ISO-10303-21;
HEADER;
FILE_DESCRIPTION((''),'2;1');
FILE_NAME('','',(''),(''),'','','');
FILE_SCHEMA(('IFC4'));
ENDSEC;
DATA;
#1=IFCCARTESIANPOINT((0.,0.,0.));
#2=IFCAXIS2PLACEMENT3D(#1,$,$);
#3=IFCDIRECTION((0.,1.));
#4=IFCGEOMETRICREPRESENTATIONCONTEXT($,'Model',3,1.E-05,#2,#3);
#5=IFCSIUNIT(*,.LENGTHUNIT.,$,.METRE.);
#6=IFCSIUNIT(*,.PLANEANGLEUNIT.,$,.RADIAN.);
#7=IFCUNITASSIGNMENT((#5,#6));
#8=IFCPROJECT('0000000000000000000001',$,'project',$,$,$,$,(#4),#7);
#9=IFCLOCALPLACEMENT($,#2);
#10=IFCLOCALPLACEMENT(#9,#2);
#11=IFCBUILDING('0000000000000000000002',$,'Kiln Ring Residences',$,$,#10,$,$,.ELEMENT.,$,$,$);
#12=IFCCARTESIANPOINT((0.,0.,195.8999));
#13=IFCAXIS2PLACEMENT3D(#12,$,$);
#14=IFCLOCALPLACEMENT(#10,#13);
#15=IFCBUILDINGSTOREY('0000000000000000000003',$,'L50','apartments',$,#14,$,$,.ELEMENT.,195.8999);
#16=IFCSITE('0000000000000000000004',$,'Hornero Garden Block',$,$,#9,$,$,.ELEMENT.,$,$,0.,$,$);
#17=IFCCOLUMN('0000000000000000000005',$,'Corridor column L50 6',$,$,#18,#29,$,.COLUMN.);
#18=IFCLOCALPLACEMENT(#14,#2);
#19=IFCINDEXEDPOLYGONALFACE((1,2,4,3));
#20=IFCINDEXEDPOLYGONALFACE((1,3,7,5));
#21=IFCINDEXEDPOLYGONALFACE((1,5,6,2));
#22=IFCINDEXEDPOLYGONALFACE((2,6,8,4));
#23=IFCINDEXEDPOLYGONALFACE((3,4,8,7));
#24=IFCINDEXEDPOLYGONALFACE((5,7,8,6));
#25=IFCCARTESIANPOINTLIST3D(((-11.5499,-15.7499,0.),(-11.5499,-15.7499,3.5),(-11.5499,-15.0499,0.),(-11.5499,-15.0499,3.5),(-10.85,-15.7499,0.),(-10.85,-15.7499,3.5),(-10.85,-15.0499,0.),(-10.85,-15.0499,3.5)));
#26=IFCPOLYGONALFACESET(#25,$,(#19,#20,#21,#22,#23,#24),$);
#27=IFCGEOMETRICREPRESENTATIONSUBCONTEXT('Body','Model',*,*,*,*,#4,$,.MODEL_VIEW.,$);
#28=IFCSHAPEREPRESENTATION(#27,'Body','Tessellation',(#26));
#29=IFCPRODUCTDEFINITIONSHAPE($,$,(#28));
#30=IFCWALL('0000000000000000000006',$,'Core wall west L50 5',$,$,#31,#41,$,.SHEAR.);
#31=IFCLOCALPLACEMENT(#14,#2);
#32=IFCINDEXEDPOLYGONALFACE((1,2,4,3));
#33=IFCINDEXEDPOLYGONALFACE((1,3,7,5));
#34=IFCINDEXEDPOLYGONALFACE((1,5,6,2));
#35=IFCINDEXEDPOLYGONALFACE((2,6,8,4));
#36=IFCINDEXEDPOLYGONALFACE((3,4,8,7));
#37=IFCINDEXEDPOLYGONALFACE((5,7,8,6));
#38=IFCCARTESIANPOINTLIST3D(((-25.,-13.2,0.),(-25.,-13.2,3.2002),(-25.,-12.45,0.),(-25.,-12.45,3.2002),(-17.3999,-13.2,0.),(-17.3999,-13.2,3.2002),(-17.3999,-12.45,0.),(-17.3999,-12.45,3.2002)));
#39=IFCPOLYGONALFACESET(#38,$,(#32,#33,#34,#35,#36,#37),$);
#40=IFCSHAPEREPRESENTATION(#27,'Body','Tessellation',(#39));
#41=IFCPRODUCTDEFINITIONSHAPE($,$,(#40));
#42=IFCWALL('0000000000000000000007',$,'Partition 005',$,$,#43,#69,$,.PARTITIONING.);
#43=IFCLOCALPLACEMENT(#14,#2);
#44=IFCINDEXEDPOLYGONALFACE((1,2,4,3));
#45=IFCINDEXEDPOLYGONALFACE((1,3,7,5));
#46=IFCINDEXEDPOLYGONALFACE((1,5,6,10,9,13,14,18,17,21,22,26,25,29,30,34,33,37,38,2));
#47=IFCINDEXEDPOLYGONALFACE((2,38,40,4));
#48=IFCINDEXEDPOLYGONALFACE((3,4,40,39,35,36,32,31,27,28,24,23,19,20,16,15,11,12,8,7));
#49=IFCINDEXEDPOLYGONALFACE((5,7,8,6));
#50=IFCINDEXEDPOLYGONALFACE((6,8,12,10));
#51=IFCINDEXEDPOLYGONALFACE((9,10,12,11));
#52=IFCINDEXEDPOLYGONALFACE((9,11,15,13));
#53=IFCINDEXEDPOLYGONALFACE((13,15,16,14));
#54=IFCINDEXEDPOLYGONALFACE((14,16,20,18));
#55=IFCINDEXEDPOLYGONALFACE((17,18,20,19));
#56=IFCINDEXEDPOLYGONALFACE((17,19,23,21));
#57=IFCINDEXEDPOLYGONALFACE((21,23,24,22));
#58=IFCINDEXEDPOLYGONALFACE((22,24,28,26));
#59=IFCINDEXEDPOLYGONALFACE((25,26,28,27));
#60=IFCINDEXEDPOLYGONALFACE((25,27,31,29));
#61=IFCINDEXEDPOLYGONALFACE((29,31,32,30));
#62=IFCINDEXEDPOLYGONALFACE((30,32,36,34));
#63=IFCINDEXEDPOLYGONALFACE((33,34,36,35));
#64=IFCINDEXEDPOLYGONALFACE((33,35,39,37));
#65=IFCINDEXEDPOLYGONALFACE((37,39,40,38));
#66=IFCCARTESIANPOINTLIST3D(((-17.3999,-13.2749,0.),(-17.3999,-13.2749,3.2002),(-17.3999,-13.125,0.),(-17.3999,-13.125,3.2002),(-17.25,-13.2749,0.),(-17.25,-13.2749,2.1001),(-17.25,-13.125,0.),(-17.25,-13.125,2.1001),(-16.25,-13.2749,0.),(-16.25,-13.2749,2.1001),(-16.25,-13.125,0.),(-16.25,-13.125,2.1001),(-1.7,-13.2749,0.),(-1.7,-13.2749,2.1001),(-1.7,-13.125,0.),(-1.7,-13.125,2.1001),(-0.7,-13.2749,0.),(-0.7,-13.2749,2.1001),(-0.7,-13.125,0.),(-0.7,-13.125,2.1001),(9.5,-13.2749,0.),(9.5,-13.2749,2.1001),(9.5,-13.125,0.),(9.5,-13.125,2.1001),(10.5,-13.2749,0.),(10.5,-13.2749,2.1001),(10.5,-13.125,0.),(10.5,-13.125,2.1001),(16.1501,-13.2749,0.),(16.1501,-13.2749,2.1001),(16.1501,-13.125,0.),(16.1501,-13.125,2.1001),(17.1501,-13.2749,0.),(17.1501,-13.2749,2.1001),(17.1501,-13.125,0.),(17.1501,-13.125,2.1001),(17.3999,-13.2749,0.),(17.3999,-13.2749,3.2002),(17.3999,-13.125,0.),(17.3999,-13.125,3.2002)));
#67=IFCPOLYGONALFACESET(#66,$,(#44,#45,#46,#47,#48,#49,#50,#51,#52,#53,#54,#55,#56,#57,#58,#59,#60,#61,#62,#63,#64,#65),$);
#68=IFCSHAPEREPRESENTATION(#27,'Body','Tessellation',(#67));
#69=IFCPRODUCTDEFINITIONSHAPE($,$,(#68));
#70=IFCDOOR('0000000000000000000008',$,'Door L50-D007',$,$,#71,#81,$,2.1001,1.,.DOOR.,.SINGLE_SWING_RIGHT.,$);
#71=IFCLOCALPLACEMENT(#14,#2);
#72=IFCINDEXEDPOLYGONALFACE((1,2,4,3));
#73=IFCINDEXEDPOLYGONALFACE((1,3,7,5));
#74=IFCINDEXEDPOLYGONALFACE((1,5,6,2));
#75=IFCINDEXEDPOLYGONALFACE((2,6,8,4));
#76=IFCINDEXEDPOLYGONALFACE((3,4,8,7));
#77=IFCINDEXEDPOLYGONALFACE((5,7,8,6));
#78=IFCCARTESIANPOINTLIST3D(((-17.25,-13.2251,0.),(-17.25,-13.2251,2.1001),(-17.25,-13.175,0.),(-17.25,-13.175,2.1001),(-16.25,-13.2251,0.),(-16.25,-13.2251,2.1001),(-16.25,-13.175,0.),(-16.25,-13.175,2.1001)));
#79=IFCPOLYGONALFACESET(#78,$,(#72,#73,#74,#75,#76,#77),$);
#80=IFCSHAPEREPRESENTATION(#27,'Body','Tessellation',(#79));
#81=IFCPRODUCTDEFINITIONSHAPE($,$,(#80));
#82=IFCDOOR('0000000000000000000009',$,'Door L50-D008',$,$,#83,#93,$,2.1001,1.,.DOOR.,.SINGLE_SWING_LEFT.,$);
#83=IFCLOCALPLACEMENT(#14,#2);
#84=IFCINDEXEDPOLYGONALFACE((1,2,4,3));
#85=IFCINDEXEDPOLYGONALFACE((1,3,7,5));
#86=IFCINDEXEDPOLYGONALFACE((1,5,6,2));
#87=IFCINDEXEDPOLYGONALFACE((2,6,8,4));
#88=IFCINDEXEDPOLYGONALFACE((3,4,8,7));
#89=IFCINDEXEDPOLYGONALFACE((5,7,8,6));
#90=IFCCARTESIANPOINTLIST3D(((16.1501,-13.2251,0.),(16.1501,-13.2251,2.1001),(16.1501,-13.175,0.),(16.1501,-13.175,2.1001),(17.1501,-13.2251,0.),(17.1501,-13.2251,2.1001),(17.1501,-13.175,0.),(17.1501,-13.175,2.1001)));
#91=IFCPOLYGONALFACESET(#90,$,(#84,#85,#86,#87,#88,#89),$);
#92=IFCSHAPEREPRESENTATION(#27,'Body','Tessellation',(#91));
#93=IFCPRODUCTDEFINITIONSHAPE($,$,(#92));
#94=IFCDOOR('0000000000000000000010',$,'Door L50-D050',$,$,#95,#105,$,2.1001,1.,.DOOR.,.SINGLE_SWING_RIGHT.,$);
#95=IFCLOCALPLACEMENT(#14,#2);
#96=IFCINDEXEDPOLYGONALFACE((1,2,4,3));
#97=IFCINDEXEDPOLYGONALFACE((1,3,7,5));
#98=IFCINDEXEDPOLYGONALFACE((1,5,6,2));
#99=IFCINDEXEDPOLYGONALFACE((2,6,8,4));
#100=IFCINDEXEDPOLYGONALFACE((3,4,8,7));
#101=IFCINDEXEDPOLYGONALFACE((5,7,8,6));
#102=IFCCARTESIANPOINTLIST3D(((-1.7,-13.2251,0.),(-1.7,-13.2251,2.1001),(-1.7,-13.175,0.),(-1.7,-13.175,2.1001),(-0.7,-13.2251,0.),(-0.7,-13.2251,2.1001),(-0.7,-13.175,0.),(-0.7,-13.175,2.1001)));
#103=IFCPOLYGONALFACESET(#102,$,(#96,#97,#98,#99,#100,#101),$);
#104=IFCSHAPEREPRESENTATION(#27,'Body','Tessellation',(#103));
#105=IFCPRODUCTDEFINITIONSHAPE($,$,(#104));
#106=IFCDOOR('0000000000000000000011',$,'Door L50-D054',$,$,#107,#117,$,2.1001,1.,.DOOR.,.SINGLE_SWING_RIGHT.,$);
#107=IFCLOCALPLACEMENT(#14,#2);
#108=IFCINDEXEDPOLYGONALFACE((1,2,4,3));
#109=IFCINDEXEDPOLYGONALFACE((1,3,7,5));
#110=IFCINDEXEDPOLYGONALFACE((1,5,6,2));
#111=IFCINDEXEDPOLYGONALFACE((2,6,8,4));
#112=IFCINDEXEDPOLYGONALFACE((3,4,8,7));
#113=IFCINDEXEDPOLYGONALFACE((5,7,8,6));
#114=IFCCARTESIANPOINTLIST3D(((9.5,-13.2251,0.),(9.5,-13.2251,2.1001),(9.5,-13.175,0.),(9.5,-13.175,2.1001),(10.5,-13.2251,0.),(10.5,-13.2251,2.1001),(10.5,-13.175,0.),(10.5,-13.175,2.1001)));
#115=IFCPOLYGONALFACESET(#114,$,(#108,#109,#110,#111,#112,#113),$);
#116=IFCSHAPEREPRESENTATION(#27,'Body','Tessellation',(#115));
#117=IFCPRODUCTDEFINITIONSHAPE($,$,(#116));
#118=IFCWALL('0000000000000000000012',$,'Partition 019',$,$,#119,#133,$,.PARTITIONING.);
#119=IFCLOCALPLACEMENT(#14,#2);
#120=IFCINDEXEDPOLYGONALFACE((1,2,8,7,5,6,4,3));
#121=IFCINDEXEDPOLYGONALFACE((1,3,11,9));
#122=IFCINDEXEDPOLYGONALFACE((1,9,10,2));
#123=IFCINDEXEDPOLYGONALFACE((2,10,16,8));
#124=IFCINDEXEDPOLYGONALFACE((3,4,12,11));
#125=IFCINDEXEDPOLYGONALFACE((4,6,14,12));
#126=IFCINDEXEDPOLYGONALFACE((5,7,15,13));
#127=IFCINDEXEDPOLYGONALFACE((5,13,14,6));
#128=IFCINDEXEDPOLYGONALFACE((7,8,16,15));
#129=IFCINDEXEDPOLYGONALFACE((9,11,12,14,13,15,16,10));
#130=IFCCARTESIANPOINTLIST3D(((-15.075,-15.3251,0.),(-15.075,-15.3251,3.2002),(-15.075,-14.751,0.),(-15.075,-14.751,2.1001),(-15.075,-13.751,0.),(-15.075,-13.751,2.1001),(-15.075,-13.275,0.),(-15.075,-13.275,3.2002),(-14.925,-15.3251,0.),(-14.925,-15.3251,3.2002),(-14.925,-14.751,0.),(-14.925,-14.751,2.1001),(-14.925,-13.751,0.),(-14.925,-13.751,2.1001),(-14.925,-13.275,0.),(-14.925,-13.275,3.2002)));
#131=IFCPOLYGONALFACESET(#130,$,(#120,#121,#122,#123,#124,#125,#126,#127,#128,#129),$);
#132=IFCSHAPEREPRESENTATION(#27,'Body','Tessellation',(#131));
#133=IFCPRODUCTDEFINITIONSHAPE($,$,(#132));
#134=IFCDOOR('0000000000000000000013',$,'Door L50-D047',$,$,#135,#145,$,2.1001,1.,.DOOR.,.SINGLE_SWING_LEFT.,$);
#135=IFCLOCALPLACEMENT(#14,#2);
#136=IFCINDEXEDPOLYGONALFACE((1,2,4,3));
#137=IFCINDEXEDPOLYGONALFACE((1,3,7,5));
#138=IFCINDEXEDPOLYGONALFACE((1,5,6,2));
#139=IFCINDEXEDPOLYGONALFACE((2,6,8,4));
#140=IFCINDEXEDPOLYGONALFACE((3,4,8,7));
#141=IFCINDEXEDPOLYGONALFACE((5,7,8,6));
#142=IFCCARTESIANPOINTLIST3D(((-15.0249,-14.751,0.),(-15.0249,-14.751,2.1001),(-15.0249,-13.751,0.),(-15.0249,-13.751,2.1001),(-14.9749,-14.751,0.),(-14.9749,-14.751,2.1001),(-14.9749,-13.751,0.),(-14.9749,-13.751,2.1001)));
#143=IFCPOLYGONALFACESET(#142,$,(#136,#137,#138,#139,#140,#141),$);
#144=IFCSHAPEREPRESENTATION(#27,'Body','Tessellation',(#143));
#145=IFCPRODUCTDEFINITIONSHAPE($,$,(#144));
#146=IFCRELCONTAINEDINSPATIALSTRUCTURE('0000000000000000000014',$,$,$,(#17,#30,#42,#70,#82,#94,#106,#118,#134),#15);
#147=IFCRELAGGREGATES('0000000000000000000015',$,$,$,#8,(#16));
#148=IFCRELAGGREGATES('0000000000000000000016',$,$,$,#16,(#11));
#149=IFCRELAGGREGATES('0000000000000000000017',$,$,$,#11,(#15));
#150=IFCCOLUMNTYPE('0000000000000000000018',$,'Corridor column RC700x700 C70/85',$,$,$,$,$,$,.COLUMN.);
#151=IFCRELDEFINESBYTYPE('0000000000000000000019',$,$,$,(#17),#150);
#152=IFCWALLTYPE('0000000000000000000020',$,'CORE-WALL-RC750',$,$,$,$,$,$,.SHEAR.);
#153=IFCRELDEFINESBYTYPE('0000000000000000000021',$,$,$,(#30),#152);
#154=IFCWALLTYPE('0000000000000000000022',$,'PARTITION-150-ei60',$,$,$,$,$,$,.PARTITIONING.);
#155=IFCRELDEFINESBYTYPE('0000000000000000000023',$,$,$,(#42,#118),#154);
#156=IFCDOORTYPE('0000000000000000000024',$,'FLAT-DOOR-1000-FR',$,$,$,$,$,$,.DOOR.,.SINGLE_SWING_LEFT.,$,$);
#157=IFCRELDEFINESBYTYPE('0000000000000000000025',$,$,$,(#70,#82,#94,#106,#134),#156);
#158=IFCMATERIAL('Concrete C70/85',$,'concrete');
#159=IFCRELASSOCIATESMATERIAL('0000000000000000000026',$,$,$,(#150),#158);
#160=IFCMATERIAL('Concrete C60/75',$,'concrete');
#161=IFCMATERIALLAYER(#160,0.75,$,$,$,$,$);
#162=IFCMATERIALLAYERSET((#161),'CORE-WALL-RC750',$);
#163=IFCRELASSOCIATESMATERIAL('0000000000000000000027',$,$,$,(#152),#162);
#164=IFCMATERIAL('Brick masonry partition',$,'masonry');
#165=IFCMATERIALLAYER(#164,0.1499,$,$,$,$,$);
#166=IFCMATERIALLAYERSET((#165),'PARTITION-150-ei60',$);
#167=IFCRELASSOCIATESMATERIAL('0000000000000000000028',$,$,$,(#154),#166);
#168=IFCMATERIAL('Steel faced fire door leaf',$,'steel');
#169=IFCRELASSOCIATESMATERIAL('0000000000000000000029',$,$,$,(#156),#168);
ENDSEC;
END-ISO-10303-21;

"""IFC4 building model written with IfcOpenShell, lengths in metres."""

from ifc_helpers import new_model, si_unit, direction, frame, frame_2d, origin, origin_2d, place, context, subcontext, project, spatial, rectangle, extrude, material, layer, layer_set, material_profile, profile_set, type_object, element, fill, save


model = new_model("IFC4")

# Units and contexts
model_context = context("Model", 3, precision=1e-05, world=origin(), true_north=direction((0.0, 1.0)))
body_context = subcontext(model_context, "Body", "Model", "MODEL_VIEW")
ifc_project = project(units=[si_unit("LENGTHUNIT", "METRE"), si_unit("PLANEANGLEUNIT", "RADIAN")], contexts=[model_context])

# Site, building, storey
site_placement = place(None, origin())
site = spatial("IfcSite", under=ifc_project, at=site_placement, Name="Hornero Garden Block", CompositionType="ELEMENT", RefElevation=0.0)
building_placement = place(site_placement, origin())
building = spatial("IfcBuilding", under=site, at=building_placement, Name="Kiln Ring Residences", CompositionType="ELEMENT")
storey_placement = place(building_placement, frame((0.0, 0.0, 195.8999)))
storey = spatial("IfcBuildingStorey", under=building, at=storey_placement, Name="L50", Description="apartments", CompositionType="ELEMENT", Elevation=195.8999)

# Column
ifc_material_1 = material(Name="Concrete C70/85", Category="concrete")
ifc_material_profile = material_profile(ifc_material_1, rectangle(XDim=0.7, YDim=0.7, at=origin_2d()), Name="RC700x700")
ifc_profile_set = profile_set([ifc_material_profile], Name="Concrete C70/85")
column_type = type_object("IfcColumnType", Name="Corridor column RC700x700 C70/85", PredefinedType="COLUMN", material=ifc_profile_set)
column_placement = place(storey_placement, frame((-11.2, -15.3999, 0.0), z_axis=(0.0, 0.0, 1.0), x_axis=(1.0, 0.0, 0.0)))
element("IfcColumn", 1, at=column_placement, inside=storey, type_object=column_type, Name="Corridor column L50 6", PredefinedType="COLUMN", context=body_context, shape_type="SweptSolid", body=[
    extrude(rectangle(XDim=0.7, YDim=0.7, at=origin_2d()), origin(), (0.0, 0.0, 1.0), 3.5),
])

# Wall
ifc_material_2 = material(Name="Concrete C60/75", Category="concrete")
ifc_layer_1 = layer(ifc_material_2, 0.75)
ifc_layer_set_1 = layer_set([ifc_layer_1], Name="CORE-WALL-RC750")
wall_type_1 = type_object("IfcWallType", Name="CORE-WALL-RC750", PredefinedType="SHEAR", material=ifc_layer_set_1)
wall_1_placement = place(storey_placement, frame((-17.3999, -12.825, 0.0), z_axis=(0.0, 0.0, 1.0), x_axis=(-1.0, 0.0, 0.0)))
element("IfcWall", 2, at=wall_1_placement, inside=storey, type_object=wall_type_1, Name="Core wall west L50 5", PredefinedType="SHEAR", context=body_context, shape_type="SweptSolid", body=[
    extrude(rectangle(XDim=7.6001, YDim=0.75, at=frame_2d((3.8, 0.0))), origin(), (0.0, 0.0, 1.0), 3.2002),
])

# Wall, openings, doors
ifc_material_3 = material(Name="Brick masonry partition", Category="masonry")
ifc_layer_2 = layer(ifc_material_3, 0.1499)
ifc_layer_set_2 = layer_set([ifc_layer_2], Name="PARTITION-150-ei60")
wall_type_2 = type_object("IfcWallType", Name="PARTITION-150-ei60", PredefinedType="PARTITIONING", material=ifc_layer_set_2)
wall_2_placement = place(storey_placement, frame((-17.3999, -13.2, 0.0), z_axis=(0.0, 0.0, 1.0), x_axis=(1.0, 0.0, 0.0)))
wall_2 = element("IfcWall", 3, at=wall_2_placement, inside=storey, type_object=wall_type_2, Name="Partition 005", PredefinedType="PARTITIONING", context=body_context, shape_type="SweptSolid", body=[
    extrude(rectangle(XDim=34.7998, YDim=0.1499, at=frame_2d((17.3999, 0.0))), origin(), (0.0, 0.0, 1.0), 3.2002),
])
opening_1_placement = place(wall_2_placement, frame((0.1499, 0.0, 0.0)))
opening_1 = element("IfcOpeningElement", 4, at=opening_1_placement, cuts=wall_2, PredefinedType="OPENING", context=body_context, shape_type="SweptSolid", body=[
    extrude(rectangle(XDim=1.0, YDim=2.1001, at=frame_2d((0.5, 1.05))), frame((0.0, 0.085, 0.0), z_axis=(0.0, -1.0, 0.0), x_axis=(1.0, 0.0, 0.0)), (0.0, 0.0, 1.0), 0.1699),
])
opening_2_placement = place(wall_2_placement, frame((33.55, 0.0, 0.0)))
opening_2 = element("IfcOpeningElement", 5, at=opening_2_placement, cuts=wall_2, PredefinedType="OPENING", context=body_context, shape_type="SweptSolid", body=[
    extrude(rectangle(XDim=1.0, YDim=2.1001, at=frame_2d((0.5, 1.05))), frame((0.0, 0.085, 0.0), z_axis=(0.0, -1.0, 0.0), x_axis=(1.0, 0.0, 0.0)), (0.0, 0.0, 1.0), 0.1699),
])
opening_3_placement = place(wall_2_placement, frame((15.7, 0.0, 0.0)))
opening_3 = element("IfcOpeningElement", 6, at=opening_3_placement, cuts=wall_2, PredefinedType="OPENING", context=body_context, shape_type="SweptSolid", body=[
    extrude(rectangle(XDim=1.0, YDim=2.1001, at=frame_2d((0.5, 1.05))), frame((0.0, 0.085, 0.0), z_axis=(0.0, -1.0, 0.0), x_axis=(1.0, 0.0, 0.0)), (0.0, 0.0, 1.0), 0.1699),
])
opening_4_placement = place(wall_2_placement, frame((26.8999, 0.0, 0.0)))
opening_4 = element("IfcOpeningElement", 7, at=opening_4_placement, cuts=wall_2, PredefinedType="OPENING", context=body_context, shape_type="SweptSolid", body=[
    extrude(rectangle(XDim=1.0, YDim=2.1001, at=frame_2d((0.5, 1.05))), frame((0.0, 0.085, 0.0), z_axis=(0.0, -1.0, 0.0), x_axis=(1.0, 0.0, 0.0)), (0.0, 0.0, 1.0), 0.1699),
])
ifc_material_4 = material(Name="Steel faced fire door leaf", Category="steel")
door_type = type_object("IfcDoorType", Name="FLAT-DOOR-1000-FR", OperationType="SINGLE_SWING_LEFT", PredefinedType="DOOR", material=ifc_material_4)
door_1_placement = place(opening_1_placement, origin())
door_1 = element("IfcDoor", 8, at=door_1_placement, inside=storey, type_object=door_type, Name="Door L50-D007", OperationType="SINGLE_SWING_RIGHT", OverallHeight=2.1001, OverallWidth=1.0, PredefinedType="DOOR", context=body_context, shape_type="SweptSolid", body=[
    extrude(rectangle(XDim=1.0, YDim=2.1001, at=frame_2d((0.5, 1.05))), frame((0.0, 0.0249, 0.0), z_axis=(0.0, -1.0, 0.0), x_axis=(1.0, 0.0, 0.0)), (0.0, 0.0, 1.0), 0.05),
])
fill(opening_1, door_1)
door_2_placement = place(opening_2_placement, origin())
door_2 = element("IfcDoor", 9, at=door_2_placement, inside=storey, type_object=door_type, Name="Door L50-D008", OperationType="SINGLE_SWING_LEFT", OverallHeight=2.1001, OverallWidth=1.0, PredefinedType="DOOR", context=body_context, shape_type="SweptSolid", body=[
    extrude(rectangle(XDim=1.0, YDim=2.1001, at=frame_2d((0.5, 1.05))), frame((0.0, 0.0249, 0.0), z_axis=(0.0, -1.0, 0.0), x_axis=(1.0, 0.0, 0.0)), (0.0, 0.0, 1.0), 0.05),
])
fill(opening_2, door_2)
door_3_placement = place(opening_3_placement, origin())
door_3 = element("IfcDoor", 10, at=door_3_placement, inside=storey, type_object=door_type, Name="Door L50-D050", OperationType="SINGLE_SWING_RIGHT", OverallHeight=2.1001, OverallWidth=1.0, PredefinedType="DOOR", context=body_context, shape_type="SweptSolid", body=[
    extrude(rectangle(XDim=1.0, YDim=2.1001, at=frame_2d((0.5, 1.05))), frame((0.0, 0.0249, 0.0), z_axis=(0.0, -1.0, 0.0), x_axis=(1.0, 0.0, 0.0)), (0.0, 0.0, 1.0), 0.05),
])
fill(opening_3, door_3)
door_4_placement = place(opening_4_placement, origin())
door_4 = element("IfcDoor", 11, at=door_4_placement, inside=storey, type_object=door_type, Name="Door L50-D054", OperationType="SINGLE_SWING_RIGHT", OverallHeight=2.1001, OverallWidth=1.0, PredefinedType="DOOR", context=body_context, shape_type="SweptSolid", body=[
    extrude(rectangle(XDim=1.0, YDim=2.1001, at=frame_2d((0.5, 1.05))), frame((0.0, 0.0249, 0.0), z_axis=(0.0, -1.0, 0.0), x_axis=(1.0, 0.0, 0.0)), (0.0, 0.0, 1.0), 0.05),
])
fill(opening_4, door_4)

# Wall, opening, door
wall_3_placement = place(storey_placement, frame((-15.0, -15.325, 0.0), z_axis=(0.0, 0.0, 1.0), x_axis=(0.0, 1.0, 0.0)))
wall_3 = element("IfcWall", 12, at=wall_3_placement, inside=storey, type_object=wall_type_2, Name="Partition 019", PredefinedType="PARTITIONING", context=body_context, shape_type="SweptSolid", body=[
    extrude(rectangle(XDim=2.05, YDim=0.1499, at=frame_2d((1.0249, 0.0))), origin(), (0.0, 0.0, 1.0), 3.2002),
])
opening_5_placement = place(wall_3_placement, frame((0.574, 0.0, 0.0)))
opening_5 = element("IfcOpeningElement", 13, at=opening_5_placement, cuts=wall_3, PredefinedType="OPENING", context=body_context, shape_type="SweptSolid", body=[
    extrude(rectangle(XDim=1.0, YDim=2.1001, at=frame_2d((0.5, 1.05))), frame((0.0, 0.085, 0.0), z_axis=(0.0, -1.0, 0.0), x_axis=(1.0, 0.0, 0.0)), (0.0, 0.0, 1.0), 0.1699),
])
door_5_placement = place(opening_5_placement, origin())
door_5 = element("IfcDoor", 14, at=door_5_placement, inside=storey, type_object=door_type, Name="Door L50-D047", OperationType="SINGLE_SWING_LEFT", OverallHeight=2.1001, OverallWidth=1.0, PredefinedType="DOOR", context=body_context, shape_type="SweptSolid", body=[
    extrude(rectangle(XDim=1.0, YDim=2.1001, at=frame_2d((0.5, 1.05))), frame((0.0, 0.0249, 0.0), z_axis=(0.0, -1.0, 0.0), x_axis=(1.0, 0.0, 0.0)), (0.0, 0.0, 1.0), 0.05),
])
fill(opening_5, door_5)

save(model, "model.ifc")
